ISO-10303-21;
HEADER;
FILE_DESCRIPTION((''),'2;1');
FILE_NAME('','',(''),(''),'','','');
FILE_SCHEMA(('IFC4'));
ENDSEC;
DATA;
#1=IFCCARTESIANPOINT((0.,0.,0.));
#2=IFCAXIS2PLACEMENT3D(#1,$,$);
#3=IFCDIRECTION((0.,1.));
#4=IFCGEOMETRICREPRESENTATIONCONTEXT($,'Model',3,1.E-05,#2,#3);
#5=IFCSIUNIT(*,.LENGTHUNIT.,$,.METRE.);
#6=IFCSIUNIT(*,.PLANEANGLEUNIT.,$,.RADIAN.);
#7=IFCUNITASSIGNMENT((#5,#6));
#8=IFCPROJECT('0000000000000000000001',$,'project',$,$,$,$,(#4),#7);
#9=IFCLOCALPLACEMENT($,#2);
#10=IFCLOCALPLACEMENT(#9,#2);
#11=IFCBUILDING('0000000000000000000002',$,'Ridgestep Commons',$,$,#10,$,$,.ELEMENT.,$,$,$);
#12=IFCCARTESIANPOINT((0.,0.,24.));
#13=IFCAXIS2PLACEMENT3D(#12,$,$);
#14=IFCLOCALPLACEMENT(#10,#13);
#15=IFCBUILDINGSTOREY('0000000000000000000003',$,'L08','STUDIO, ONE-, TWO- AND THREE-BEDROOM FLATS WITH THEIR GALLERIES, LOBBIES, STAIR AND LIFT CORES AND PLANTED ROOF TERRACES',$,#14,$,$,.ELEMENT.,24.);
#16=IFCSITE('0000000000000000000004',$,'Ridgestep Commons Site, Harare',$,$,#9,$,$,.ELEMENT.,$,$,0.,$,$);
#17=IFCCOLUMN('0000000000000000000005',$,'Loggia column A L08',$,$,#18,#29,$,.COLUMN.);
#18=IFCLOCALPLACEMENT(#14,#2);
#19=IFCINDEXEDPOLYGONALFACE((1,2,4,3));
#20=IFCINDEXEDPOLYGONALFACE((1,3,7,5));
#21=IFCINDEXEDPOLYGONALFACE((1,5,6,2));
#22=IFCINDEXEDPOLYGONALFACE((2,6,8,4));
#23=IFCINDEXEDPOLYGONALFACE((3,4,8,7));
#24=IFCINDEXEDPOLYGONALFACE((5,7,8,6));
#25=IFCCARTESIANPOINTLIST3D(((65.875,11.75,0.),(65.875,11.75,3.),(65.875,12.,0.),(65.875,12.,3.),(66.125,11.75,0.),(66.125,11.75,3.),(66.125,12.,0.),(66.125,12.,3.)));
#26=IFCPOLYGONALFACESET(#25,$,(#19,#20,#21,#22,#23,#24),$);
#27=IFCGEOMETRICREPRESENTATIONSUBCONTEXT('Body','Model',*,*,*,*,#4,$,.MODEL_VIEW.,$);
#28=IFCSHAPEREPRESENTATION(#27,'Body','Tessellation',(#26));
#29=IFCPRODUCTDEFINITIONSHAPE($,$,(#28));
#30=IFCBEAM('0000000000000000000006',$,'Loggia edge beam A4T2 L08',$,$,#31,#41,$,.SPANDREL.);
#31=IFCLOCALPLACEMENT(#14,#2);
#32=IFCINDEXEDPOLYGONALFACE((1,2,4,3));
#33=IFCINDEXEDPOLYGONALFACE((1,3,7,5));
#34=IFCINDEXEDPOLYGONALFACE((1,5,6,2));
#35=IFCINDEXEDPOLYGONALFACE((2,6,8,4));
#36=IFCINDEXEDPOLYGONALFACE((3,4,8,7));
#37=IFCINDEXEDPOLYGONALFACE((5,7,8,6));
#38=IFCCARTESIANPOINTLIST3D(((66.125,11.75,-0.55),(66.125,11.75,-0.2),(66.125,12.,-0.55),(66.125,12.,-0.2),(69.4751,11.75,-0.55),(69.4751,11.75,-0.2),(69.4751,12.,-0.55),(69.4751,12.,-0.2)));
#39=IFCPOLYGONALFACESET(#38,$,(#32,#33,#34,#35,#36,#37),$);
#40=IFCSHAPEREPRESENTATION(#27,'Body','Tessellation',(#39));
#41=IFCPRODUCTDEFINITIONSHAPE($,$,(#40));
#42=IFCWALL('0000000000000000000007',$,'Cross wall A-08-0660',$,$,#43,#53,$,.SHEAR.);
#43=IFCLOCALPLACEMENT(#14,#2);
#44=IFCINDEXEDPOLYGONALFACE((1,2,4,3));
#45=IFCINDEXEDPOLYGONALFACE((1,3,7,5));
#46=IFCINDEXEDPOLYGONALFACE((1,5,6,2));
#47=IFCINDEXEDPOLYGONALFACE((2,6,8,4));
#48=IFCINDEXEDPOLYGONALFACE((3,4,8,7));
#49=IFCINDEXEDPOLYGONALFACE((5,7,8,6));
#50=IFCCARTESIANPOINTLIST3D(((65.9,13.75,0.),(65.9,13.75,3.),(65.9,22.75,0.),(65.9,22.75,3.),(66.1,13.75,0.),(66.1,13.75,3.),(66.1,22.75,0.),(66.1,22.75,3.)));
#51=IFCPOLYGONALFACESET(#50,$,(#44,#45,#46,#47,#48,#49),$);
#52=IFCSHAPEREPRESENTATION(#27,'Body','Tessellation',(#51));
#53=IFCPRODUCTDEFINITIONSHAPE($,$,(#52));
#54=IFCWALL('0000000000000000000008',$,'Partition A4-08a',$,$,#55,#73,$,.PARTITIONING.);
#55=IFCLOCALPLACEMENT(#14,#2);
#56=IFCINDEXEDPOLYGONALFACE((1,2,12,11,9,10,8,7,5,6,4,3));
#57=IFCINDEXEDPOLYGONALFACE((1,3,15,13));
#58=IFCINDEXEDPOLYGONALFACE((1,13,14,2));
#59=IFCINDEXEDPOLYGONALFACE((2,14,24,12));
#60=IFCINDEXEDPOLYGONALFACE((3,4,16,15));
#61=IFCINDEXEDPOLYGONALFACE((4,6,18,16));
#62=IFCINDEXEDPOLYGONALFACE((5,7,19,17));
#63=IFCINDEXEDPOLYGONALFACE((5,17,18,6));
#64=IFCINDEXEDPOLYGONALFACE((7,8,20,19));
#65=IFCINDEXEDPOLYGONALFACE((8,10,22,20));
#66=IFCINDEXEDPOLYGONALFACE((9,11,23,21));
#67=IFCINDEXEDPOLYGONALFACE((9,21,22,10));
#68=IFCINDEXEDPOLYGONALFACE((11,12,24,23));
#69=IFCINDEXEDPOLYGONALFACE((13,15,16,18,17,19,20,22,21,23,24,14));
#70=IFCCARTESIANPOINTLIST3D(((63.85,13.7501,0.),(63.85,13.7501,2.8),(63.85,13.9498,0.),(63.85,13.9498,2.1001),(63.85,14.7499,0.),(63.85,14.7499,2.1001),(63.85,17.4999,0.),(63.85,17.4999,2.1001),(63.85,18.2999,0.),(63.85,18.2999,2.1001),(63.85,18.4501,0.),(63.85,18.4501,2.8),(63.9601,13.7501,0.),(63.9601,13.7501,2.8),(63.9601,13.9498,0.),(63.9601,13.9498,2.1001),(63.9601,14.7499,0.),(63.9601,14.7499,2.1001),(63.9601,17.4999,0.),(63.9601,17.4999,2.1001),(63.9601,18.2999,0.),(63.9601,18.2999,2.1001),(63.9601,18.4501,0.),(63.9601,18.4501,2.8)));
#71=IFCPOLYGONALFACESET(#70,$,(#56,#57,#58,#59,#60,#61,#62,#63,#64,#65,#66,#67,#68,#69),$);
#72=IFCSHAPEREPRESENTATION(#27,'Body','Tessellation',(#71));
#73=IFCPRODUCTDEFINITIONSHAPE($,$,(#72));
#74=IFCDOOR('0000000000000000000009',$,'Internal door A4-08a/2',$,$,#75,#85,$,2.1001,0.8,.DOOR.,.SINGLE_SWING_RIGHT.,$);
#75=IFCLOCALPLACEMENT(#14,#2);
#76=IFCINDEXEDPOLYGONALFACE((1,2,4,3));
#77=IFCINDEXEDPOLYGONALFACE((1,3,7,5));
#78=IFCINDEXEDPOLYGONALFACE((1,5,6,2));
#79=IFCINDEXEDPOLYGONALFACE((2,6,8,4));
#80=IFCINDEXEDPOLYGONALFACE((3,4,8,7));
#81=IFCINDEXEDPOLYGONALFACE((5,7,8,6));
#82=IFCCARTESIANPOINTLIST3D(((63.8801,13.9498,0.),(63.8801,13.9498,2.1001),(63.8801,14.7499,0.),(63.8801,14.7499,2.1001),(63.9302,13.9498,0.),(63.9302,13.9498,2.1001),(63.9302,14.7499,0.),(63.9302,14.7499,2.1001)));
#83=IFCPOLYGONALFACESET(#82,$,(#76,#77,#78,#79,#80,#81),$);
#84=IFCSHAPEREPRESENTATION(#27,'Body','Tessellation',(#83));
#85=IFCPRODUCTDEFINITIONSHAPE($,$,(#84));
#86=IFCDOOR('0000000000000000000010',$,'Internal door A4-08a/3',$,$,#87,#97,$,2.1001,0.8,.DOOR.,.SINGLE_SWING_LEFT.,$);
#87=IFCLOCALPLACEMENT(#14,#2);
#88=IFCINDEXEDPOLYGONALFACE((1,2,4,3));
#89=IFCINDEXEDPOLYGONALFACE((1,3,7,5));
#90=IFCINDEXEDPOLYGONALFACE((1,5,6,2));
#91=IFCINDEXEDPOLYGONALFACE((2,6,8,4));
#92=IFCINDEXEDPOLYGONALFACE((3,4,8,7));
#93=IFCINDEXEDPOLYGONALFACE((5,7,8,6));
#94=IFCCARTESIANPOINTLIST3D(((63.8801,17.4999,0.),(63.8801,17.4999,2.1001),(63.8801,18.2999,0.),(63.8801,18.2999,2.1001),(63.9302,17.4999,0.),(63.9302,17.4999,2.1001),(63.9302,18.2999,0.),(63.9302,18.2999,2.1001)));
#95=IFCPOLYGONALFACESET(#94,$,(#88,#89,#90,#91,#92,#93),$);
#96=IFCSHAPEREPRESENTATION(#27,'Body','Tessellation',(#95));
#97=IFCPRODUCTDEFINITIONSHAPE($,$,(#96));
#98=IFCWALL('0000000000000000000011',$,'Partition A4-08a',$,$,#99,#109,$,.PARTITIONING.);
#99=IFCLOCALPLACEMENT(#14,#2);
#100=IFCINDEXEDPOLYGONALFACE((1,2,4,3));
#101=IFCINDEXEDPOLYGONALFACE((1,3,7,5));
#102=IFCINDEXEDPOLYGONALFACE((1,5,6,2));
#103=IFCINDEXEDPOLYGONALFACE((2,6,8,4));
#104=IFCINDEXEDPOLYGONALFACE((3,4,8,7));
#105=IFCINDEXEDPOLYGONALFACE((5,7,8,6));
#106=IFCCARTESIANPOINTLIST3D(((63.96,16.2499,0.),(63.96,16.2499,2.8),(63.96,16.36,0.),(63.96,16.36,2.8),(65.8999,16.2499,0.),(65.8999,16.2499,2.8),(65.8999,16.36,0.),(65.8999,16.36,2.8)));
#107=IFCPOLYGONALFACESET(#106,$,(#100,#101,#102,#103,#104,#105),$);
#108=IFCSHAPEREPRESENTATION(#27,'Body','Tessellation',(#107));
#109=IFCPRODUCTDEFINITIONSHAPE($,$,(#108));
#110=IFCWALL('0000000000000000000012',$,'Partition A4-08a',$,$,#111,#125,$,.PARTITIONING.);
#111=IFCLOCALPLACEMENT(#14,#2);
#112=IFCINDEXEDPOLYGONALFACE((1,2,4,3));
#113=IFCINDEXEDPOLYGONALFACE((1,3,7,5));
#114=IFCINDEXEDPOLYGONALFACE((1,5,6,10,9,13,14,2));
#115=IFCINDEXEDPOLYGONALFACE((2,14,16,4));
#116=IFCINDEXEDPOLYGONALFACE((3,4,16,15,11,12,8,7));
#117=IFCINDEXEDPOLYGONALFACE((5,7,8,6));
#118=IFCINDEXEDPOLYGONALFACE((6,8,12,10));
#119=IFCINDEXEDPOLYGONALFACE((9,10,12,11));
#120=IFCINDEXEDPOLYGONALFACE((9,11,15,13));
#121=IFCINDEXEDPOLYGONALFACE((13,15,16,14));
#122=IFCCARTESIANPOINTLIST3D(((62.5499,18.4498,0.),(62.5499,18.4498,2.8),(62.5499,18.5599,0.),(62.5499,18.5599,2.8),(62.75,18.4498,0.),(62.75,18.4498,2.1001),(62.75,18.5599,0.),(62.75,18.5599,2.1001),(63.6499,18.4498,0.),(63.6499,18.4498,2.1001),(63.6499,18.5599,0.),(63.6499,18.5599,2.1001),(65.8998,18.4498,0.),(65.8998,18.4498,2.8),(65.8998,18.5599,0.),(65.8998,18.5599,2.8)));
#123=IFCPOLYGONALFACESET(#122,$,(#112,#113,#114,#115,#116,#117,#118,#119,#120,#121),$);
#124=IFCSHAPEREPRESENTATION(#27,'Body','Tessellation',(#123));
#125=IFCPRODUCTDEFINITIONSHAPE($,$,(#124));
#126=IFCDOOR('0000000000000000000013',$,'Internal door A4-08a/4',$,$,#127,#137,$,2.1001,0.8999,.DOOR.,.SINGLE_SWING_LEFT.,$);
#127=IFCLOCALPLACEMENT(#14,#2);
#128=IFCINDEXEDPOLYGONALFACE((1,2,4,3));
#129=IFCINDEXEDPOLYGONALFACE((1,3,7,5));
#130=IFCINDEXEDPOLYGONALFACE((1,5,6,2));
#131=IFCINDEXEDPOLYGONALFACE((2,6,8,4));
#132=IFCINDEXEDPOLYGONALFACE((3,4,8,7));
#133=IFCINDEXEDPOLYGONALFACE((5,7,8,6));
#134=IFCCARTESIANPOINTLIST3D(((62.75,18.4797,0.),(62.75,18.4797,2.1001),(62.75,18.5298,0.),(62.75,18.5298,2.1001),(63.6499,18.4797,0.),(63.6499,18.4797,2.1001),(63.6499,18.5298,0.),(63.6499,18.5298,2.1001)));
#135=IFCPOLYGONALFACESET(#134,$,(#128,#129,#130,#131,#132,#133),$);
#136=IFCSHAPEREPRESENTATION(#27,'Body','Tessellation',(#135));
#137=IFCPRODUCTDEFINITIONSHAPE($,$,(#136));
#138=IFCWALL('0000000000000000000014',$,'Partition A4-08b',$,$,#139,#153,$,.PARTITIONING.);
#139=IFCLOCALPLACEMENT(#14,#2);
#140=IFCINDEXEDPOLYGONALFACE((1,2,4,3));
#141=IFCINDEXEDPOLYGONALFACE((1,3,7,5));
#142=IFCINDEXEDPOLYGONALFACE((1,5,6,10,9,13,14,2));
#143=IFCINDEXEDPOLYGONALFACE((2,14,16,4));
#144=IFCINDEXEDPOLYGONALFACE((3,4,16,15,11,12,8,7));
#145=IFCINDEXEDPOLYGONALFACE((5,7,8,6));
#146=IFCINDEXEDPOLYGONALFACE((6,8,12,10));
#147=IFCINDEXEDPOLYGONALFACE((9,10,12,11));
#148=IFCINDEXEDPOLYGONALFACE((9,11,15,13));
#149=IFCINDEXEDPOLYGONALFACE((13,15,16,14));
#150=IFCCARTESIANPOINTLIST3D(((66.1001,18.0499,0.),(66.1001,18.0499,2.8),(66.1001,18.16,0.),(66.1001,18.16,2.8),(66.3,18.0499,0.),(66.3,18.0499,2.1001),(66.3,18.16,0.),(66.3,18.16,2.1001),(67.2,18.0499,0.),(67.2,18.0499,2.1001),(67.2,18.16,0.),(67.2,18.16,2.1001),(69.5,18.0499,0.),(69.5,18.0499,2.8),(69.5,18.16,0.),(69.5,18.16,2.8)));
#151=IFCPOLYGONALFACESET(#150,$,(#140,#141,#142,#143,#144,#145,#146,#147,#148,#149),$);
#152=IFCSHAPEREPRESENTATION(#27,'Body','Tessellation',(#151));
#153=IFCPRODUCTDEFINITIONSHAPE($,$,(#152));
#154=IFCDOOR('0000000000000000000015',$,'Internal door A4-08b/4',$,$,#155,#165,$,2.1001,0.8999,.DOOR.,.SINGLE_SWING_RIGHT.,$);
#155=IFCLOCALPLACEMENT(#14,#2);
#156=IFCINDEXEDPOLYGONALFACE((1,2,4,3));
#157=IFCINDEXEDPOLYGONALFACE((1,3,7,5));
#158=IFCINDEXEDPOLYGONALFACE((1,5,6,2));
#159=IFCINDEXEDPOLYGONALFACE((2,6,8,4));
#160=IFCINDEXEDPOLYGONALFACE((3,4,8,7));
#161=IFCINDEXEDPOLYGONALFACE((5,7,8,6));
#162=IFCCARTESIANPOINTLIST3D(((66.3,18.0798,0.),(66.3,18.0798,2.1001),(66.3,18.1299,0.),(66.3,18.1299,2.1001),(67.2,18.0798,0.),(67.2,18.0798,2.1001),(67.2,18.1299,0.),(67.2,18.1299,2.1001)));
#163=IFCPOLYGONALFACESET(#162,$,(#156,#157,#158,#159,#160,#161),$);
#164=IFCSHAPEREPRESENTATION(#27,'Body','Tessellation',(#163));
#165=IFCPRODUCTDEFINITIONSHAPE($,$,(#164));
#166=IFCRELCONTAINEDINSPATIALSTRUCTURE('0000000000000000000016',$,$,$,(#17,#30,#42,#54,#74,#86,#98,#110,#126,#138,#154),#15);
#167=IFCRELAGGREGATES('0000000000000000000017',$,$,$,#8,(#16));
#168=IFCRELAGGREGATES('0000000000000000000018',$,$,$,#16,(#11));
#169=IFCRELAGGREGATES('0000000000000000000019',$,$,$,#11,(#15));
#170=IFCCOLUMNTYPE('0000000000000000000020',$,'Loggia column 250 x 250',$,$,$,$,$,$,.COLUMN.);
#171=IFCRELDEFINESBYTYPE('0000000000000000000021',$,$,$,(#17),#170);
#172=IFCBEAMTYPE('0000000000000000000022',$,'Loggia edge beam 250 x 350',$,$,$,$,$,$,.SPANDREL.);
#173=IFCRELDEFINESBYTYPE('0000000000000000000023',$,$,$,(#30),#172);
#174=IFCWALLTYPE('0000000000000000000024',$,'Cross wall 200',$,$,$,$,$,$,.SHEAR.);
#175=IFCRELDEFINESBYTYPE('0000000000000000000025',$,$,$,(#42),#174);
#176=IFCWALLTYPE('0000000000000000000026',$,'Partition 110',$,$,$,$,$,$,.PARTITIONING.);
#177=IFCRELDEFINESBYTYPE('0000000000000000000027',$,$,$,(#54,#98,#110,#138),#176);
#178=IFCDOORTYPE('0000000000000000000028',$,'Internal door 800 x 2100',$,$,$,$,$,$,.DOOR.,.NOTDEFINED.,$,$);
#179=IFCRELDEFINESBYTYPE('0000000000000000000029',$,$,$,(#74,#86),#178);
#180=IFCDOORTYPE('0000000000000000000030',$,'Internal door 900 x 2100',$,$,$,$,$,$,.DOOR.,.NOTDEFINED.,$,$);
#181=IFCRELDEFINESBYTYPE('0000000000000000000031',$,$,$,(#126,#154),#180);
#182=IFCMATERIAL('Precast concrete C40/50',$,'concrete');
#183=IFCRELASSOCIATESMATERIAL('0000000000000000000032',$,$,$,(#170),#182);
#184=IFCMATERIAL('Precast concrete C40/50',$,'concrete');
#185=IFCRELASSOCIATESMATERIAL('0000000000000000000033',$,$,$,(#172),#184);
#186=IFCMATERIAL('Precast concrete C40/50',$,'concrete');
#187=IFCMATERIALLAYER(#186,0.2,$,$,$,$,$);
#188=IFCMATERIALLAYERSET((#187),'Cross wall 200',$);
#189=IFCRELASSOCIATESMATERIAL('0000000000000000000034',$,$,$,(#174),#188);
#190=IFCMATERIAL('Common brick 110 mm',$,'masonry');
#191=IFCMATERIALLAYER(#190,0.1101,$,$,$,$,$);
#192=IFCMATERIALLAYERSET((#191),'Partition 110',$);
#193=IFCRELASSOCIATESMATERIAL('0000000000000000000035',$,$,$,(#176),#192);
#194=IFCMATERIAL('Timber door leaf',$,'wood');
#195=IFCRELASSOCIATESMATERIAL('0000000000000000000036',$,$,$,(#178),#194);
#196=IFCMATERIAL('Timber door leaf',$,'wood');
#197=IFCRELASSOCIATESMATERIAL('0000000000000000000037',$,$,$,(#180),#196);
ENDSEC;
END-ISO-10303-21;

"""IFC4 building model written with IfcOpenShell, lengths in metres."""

from ifc_helpers import new_model, si_unit, direction, frame, frame_2d, origin, origin_2d, place, context, subcontext, project, spatial, rectangle, extrude, material, layer, layer_set, material_profile, profile_set, type_object, element, fill, save


model = new_model("IFC4")

# Units and contexts
model_context = context("Model", 3, precision=1e-05, world=origin(), true_north=direction((0.0, 1.0)))
body_context = subcontext(model_context, "Body", "Model", "MODEL_VIEW")
ifc_project = project(units=[si_unit("LENGTHUNIT", "METRE"), si_unit("PLANEANGLEUNIT", "RADIAN")], contexts=[model_context])

# Site, building, storey
site_placement = place(None, origin())
site = spatial("IfcSite", under=ifc_project, at=site_placement, Name="Ridgestep Commons Site, Harare", CompositionType="ELEMENT", RefElevation=0.0)
building_placement = place(site_placement, origin())
building = spatial("IfcBuilding", under=site, at=building_placement, Name="Ridgestep Commons", CompositionType="ELEMENT")
storey_placement = place(building_placement, frame((0.0, 0.0, 24.0)))
storey = spatial("IfcBuildingStorey", under=building, at=storey_placement, Name="L08", Description="STUDIO, ONE-, TWO- AND THREE-BEDROOM FLATS WITH THEIR GALLERIES, LOBBIES, STAIR AND LIFT CORES AND PLANTED ROOF TERRACES", CompositionType="ELEMENT", Elevation=24.0)

# Column
ifc_material_1 = material(Name="Precast concrete C40/50", Category="concrete")
ifc_material_profile_1 = material_profile(ifc_material_1, rectangle(XDim=0.25, YDim=0.25, at=origin_2d()), Name="PC 250x250")
ifc_profile_set_1 = profile_set([ifc_material_profile_1], Name="Precast concrete C40/50")
column_type = type_object("IfcColumnType", Name="Loggia column 250 x 250", PredefinedType="COLUMN", material=ifc_profile_set_1)
column_placement = place(storey_placement, frame((66.0, 11.875, 0.0), z_axis=(0.0, 0.0, 1.0), x_axis=(1.0, 0.0, 0.0)))
element("IfcColumn", 1, at=column_placement, inside=storey, type_object=column_type, Name="Loggia column A L08", PredefinedType="COLUMN", context=body_context, shape_type="SweptSolid", body=[
    extrude(rectangle(XDim=0.25, YDim=0.25, at=origin_2d()), origin(), (0.0, 0.0, 1.0), 3.0),
])

# Beam
ifc_material_2 = material(Name="Precast concrete C40/50", Category="concrete")
ifc_material_profile_2 = material_profile(ifc_material_2, rectangle(XDim=0.25, YDim=0.3501, at=origin_2d()), Name="PC 250x350")
ifc_profile_set_2 = profile_set([ifc_material_profile_2], Name="Precast concrete C40/50")
beam_type = type_object("IfcBeamType", Name="Loggia edge beam 250 x 350", PredefinedType="SPANDREL", material=ifc_profile_set_2)
beam_placement = place(storey_placement, frame((66.125, 11.875, -0.375), z_axis=(1.0, 0.0, 0.0), x_axis=(0.0, 1.0, 0.0)))
element("IfcBeam", 2, at=beam_placement, inside=storey, type_object=beam_type, Name="Loggia edge beam A4T2 L08", PredefinedType="SPANDREL", context=body_context, shape_type="SweptSolid", body=[
    extrude(rectangle(XDim=0.25, YDim=0.3501, at=origin_2d()), origin(), (0.0, 0.0, 1.0), 3.3501),
])

# Wall
ifc_material_3 = material(Name="Precast concrete C40/50", Category="concrete")
ifc_layer_1 = layer(ifc_material_3, 0.2)
ifc_layer_set_1 = layer_set([ifc_layer_1], Name="Cross wall 200")
wall_type_1 = type_object("IfcWallType", Name="Cross wall 200", PredefinedType="SHEAR", material=ifc_layer_set_1)
wall_1_placement = place(storey_placement, frame((66.0, 13.75, 0.0), z_axis=(0.0, 0.0, 1.0), x_axis=(0.0, 1.0, 0.0)))
element("IfcWall", 3, at=wall_1_placement, inside=storey, type_object=wall_type_1, Name="Cross wall A-08-0660", PredefinedType="SHEAR", context=body_context, shape_type="SweptSolid", body=[
    extrude(rectangle(XDim=9.0, YDim=0.2, at=frame_2d((4.5, 0.0))), origin(), (0.0, 0.0, 1.0), 3.0),
])

# Wall, openings, doors
ifc_material_4 = material(Name="Common brick 110 mm", Category="masonry")
ifc_layer_2 = layer(ifc_material_4, 0.1101)
ifc_layer_set_2 = layer_set([ifc_layer_2], Name="Partition 110")
wall_type_2 = type_object("IfcWallType", Name="Partition 110", PredefinedType="PARTITIONING", material=ifc_layer_set_2)
wall_2_placement = place(storey_placement, frame((63.905, 13.75, 0.0), z_axis=(0.0, 0.0, 1.0), x_axis=(0.0, 1.0, 0.0)))
wall_2 = element("IfcWall", 4, at=wall_2_placement, inside=storey, type_object=wall_type_2, Name="Partition A4-08a", PredefinedType="PARTITIONING", context=body_context, shape_type="SweptSolid", body=[
    extrude(rectangle(XDim=4.7, YDim=0.1101, at=frame_2d((2.3501, 0.0))), origin(), (0.0, 0.0, 1.0), 2.8),
])
opening_1_placement = place(wall_2_placement, frame((0.2, 0.0, 0.0)))
opening_1 = element("IfcOpeningElement", 5, at=opening_1_placement, cuts=wall_2, PredefinedType="OPENING", context=body_context, shape_type="SweptSolid", body=[
    extrude(rectangle(XDim=0.8, YDim=2.1001, at=frame_2d((0.3999, 1.05))), frame((0.0, 0.0649, 0.0), z_axis=(0.0, -1.0, 0.0), x_axis=(1.0, 0.0, 0.0)), (0.0, 0.0, 1.0), 0.1301),
])
opening_2_placement = place(wall_2_placement, frame((3.75, 0.0, 0.0)))
opening_2 = element("IfcOpeningElement", 6, at=opening_2_placement, cuts=wall_2, PredefinedType="OPENING", context=body_context, shape_type="SweptSolid", body=[
    extrude(rectangle(XDim=0.8, YDim=2.1001, at=frame_2d((0.3999, 1.05))), frame((0.0, 0.0649, 0.0), z_axis=(0.0, -1.0, 0.0), x_axis=(1.0, 0.0, 0.0)), (0.0, 0.0, 1.0), 0.1301),
])
ifc_material_5 = material(Name="Timber door leaf", Category="wood")
door_type_1 = type_object("IfcDoorType", Name="Internal door 800 x 2100", OperationType="NOTDEFINED", PredefinedType="DOOR", material=ifc_material_5)
door_1_placement = place(opening_1_placement, origin())
door_1 = element("IfcDoor", 7, at=door_1_placement, inside=storey, type_object=door_type_1, Name="Internal door A4-08a/2", OperationType="SINGLE_SWING_RIGHT", OverallHeight=2.1001, OverallWidth=0.8, PredefinedType="DOOR", context=body_context, shape_type="SweptSolid", body=[
    extrude(rectangle(XDim=0.8, YDim=2.1001, at=frame_2d((0.3999, 1.05))), frame((0.0, 0.0249, 0.0), z_axis=(0.0, -1.0, 0.0), x_axis=(1.0, 0.0, 0.0)), (0.0, 0.0, 1.0), 0.05),
])
fill(opening_1, door_1)
door_2_placement = place(opening_2_placement, origin())
door_2 = element("IfcDoor", 8, at=door_2_placement, inside=storey, type_object=door_type_1, Name="Internal door A4-08a/3", OperationType="SINGLE_SWING_LEFT", OverallHeight=2.1001, OverallWidth=0.8, PredefinedType="DOOR", context=body_context, shape_type="SweptSolid", body=[
    extrude(rectangle(XDim=0.8, YDim=2.1001, at=frame_2d((0.3999, 1.05))), frame((0.0, 0.0249, 0.0), z_axis=(0.0, -1.0, 0.0), x_axis=(1.0, 0.0, 0.0)), (0.0, 0.0, 1.0), 0.05),
])
fill(opening_2, door_2)

# Wall
wall_3_placement = place(storey_placement, frame((63.96, 16.3049, 0.0), z_axis=(0.0, 0.0, 1.0), x_axis=(1.0, 0.0, 0.0)))
element("IfcWall", 9, at=wall_3_placement, inside=storey, type_object=wall_type_2, Name="Partition A4-08a", PredefinedType="PARTITIONING", context=body_context, shape_type="SweptSolid", body=[
    extrude(rectangle(XDim=1.9399, YDim=0.1101, at=frame_2d((0.97, 0.0))), origin(), (0.0, 0.0, 1.0), 2.8),
])

# Walls, openings, doors
wall_4_placement = place(storey_placement, frame((62.55, 18.5049, 0.0), z_axis=(0.0, 0.0, 1.0), x_axis=(1.0, 0.0, 0.0)))
wall_4 = element("IfcWall", 10, at=wall_4_placement, inside=storey, type_object=wall_type_2, Name="Partition A4-08a", PredefinedType="PARTITIONING", context=body_context, shape_type="SweptSolid", body=[
    extrude(rectangle(XDim=3.3499, YDim=0.1101, at=frame_2d((1.6748, 0.0))), origin(), (0.0, 0.0, 1.0), 2.8),
])
opening_3_placement = place(wall_4_placement, frame((0.2, 0.0, 0.0)))
opening_3 = element("IfcOpeningElement", 11, at=opening_3_placement, cuts=wall_4, PredefinedType="OPENING", context=body_context, shape_type="SweptSolid", body=[
    extrude(rectangle(XDim=0.8999, YDim=2.1001, at=frame_2d((0.45, 1.05))), frame((0.0, 0.0649, 0.0), z_axis=(0.0, -1.0, 0.0), x_axis=(1.0, 0.0, 0.0)), (0.0, 0.0, 1.0), 0.1301),
])
ifc_material_6 = material(Name="Timber door leaf", Category="wood")
door_type_2 = type_object("IfcDoorType", Name="Internal door 900 x 2100", OperationType="NOTDEFINED", PredefinedType="DOOR", material=ifc_material_6)
door_3_placement = place(opening_3_placement, origin())
door_3 = element("IfcDoor", 12, at=door_3_placement, inside=storey, type_object=door_type_2, Name="Internal door A4-08a/4", OperationType="SINGLE_SWING_LEFT", OverallHeight=2.1001, OverallWidth=0.8999, PredefinedType="DOOR", context=body_context, shape_type="SweptSolid", body=[
    extrude(rectangle(XDim=0.8999, YDim=2.1001, at=frame_2d((0.45, 1.05))), frame((0.0, 0.0249, 0.0), z_axis=(0.0, -1.0, 0.0), x_axis=(1.0, 0.0, 0.0)), (0.0, 0.0, 1.0), 0.05),
])
fill(opening_3, door_3)
wall_5_placement = place(storey_placement, frame((66.1001, 18.105, 0.0), z_axis=(0.0, 0.0, 1.0), x_axis=(1.0, 0.0, 0.0)))
wall_5 = element("IfcWall", 13, at=wall_5_placement, inside=storey, type_object=wall_type_2, Name="Partition A4-08b", PredefinedType="PARTITIONING", context=body_context, shape_type="SweptSolid", body=[
    extrude(rectangle(XDim=3.3999, YDim=0.1101, at=frame_2d((1.7, 0.0))), origin(), (0.0, 0.0, 1.0), 2.8),
])
opening_4_placement = place(wall_5_placement, frame((0.2, 0.0, 0.0)))
opening_4 = element("IfcOpeningElement", 14, at=opening_4_placement, cuts=wall_5, PredefinedType="OPENING", context=body_context, shape_type="SweptSolid", body=[
    extrude(rectangle(XDim=0.8999, YDim=2.1001, at=frame_2d((0.45, 1.05))), frame((0.0, 0.0649, 0.0), z_axis=(0.0, -1.0, 0.0), x_axis=(1.0, 0.0, 0.0)), (0.0, 0.0, 1.0), 0.1301),
])
door_4_placement = place(opening_4_placement, origin())
door_4 = element("IfcDoor", 15, at=door_4_placement, inside=storey, type_object=door_type_2, Name="Internal door A4-08b/4", OperationType="SINGLE_SWING_RIGHT", OverallHeight=2.1001, OverallWidth=0.8999, PredefinedType="DOOR", context=body_context, shape_type="SweptSolid", body=[
    extrude(rectangle(XDim=0.8999, YDim=2.1001, at=frame_2d((0.45, 1.05))), frame((0.0, 0.0249, 0.0), z_axis=(0.0, -1.0, 0.0), x_axis=(1.0, 0.0, 0.0)), (0.0, 0.0, 1.0), 0.05),
])
fill(opening_4, door_4)

save(model, "model.ifc")
